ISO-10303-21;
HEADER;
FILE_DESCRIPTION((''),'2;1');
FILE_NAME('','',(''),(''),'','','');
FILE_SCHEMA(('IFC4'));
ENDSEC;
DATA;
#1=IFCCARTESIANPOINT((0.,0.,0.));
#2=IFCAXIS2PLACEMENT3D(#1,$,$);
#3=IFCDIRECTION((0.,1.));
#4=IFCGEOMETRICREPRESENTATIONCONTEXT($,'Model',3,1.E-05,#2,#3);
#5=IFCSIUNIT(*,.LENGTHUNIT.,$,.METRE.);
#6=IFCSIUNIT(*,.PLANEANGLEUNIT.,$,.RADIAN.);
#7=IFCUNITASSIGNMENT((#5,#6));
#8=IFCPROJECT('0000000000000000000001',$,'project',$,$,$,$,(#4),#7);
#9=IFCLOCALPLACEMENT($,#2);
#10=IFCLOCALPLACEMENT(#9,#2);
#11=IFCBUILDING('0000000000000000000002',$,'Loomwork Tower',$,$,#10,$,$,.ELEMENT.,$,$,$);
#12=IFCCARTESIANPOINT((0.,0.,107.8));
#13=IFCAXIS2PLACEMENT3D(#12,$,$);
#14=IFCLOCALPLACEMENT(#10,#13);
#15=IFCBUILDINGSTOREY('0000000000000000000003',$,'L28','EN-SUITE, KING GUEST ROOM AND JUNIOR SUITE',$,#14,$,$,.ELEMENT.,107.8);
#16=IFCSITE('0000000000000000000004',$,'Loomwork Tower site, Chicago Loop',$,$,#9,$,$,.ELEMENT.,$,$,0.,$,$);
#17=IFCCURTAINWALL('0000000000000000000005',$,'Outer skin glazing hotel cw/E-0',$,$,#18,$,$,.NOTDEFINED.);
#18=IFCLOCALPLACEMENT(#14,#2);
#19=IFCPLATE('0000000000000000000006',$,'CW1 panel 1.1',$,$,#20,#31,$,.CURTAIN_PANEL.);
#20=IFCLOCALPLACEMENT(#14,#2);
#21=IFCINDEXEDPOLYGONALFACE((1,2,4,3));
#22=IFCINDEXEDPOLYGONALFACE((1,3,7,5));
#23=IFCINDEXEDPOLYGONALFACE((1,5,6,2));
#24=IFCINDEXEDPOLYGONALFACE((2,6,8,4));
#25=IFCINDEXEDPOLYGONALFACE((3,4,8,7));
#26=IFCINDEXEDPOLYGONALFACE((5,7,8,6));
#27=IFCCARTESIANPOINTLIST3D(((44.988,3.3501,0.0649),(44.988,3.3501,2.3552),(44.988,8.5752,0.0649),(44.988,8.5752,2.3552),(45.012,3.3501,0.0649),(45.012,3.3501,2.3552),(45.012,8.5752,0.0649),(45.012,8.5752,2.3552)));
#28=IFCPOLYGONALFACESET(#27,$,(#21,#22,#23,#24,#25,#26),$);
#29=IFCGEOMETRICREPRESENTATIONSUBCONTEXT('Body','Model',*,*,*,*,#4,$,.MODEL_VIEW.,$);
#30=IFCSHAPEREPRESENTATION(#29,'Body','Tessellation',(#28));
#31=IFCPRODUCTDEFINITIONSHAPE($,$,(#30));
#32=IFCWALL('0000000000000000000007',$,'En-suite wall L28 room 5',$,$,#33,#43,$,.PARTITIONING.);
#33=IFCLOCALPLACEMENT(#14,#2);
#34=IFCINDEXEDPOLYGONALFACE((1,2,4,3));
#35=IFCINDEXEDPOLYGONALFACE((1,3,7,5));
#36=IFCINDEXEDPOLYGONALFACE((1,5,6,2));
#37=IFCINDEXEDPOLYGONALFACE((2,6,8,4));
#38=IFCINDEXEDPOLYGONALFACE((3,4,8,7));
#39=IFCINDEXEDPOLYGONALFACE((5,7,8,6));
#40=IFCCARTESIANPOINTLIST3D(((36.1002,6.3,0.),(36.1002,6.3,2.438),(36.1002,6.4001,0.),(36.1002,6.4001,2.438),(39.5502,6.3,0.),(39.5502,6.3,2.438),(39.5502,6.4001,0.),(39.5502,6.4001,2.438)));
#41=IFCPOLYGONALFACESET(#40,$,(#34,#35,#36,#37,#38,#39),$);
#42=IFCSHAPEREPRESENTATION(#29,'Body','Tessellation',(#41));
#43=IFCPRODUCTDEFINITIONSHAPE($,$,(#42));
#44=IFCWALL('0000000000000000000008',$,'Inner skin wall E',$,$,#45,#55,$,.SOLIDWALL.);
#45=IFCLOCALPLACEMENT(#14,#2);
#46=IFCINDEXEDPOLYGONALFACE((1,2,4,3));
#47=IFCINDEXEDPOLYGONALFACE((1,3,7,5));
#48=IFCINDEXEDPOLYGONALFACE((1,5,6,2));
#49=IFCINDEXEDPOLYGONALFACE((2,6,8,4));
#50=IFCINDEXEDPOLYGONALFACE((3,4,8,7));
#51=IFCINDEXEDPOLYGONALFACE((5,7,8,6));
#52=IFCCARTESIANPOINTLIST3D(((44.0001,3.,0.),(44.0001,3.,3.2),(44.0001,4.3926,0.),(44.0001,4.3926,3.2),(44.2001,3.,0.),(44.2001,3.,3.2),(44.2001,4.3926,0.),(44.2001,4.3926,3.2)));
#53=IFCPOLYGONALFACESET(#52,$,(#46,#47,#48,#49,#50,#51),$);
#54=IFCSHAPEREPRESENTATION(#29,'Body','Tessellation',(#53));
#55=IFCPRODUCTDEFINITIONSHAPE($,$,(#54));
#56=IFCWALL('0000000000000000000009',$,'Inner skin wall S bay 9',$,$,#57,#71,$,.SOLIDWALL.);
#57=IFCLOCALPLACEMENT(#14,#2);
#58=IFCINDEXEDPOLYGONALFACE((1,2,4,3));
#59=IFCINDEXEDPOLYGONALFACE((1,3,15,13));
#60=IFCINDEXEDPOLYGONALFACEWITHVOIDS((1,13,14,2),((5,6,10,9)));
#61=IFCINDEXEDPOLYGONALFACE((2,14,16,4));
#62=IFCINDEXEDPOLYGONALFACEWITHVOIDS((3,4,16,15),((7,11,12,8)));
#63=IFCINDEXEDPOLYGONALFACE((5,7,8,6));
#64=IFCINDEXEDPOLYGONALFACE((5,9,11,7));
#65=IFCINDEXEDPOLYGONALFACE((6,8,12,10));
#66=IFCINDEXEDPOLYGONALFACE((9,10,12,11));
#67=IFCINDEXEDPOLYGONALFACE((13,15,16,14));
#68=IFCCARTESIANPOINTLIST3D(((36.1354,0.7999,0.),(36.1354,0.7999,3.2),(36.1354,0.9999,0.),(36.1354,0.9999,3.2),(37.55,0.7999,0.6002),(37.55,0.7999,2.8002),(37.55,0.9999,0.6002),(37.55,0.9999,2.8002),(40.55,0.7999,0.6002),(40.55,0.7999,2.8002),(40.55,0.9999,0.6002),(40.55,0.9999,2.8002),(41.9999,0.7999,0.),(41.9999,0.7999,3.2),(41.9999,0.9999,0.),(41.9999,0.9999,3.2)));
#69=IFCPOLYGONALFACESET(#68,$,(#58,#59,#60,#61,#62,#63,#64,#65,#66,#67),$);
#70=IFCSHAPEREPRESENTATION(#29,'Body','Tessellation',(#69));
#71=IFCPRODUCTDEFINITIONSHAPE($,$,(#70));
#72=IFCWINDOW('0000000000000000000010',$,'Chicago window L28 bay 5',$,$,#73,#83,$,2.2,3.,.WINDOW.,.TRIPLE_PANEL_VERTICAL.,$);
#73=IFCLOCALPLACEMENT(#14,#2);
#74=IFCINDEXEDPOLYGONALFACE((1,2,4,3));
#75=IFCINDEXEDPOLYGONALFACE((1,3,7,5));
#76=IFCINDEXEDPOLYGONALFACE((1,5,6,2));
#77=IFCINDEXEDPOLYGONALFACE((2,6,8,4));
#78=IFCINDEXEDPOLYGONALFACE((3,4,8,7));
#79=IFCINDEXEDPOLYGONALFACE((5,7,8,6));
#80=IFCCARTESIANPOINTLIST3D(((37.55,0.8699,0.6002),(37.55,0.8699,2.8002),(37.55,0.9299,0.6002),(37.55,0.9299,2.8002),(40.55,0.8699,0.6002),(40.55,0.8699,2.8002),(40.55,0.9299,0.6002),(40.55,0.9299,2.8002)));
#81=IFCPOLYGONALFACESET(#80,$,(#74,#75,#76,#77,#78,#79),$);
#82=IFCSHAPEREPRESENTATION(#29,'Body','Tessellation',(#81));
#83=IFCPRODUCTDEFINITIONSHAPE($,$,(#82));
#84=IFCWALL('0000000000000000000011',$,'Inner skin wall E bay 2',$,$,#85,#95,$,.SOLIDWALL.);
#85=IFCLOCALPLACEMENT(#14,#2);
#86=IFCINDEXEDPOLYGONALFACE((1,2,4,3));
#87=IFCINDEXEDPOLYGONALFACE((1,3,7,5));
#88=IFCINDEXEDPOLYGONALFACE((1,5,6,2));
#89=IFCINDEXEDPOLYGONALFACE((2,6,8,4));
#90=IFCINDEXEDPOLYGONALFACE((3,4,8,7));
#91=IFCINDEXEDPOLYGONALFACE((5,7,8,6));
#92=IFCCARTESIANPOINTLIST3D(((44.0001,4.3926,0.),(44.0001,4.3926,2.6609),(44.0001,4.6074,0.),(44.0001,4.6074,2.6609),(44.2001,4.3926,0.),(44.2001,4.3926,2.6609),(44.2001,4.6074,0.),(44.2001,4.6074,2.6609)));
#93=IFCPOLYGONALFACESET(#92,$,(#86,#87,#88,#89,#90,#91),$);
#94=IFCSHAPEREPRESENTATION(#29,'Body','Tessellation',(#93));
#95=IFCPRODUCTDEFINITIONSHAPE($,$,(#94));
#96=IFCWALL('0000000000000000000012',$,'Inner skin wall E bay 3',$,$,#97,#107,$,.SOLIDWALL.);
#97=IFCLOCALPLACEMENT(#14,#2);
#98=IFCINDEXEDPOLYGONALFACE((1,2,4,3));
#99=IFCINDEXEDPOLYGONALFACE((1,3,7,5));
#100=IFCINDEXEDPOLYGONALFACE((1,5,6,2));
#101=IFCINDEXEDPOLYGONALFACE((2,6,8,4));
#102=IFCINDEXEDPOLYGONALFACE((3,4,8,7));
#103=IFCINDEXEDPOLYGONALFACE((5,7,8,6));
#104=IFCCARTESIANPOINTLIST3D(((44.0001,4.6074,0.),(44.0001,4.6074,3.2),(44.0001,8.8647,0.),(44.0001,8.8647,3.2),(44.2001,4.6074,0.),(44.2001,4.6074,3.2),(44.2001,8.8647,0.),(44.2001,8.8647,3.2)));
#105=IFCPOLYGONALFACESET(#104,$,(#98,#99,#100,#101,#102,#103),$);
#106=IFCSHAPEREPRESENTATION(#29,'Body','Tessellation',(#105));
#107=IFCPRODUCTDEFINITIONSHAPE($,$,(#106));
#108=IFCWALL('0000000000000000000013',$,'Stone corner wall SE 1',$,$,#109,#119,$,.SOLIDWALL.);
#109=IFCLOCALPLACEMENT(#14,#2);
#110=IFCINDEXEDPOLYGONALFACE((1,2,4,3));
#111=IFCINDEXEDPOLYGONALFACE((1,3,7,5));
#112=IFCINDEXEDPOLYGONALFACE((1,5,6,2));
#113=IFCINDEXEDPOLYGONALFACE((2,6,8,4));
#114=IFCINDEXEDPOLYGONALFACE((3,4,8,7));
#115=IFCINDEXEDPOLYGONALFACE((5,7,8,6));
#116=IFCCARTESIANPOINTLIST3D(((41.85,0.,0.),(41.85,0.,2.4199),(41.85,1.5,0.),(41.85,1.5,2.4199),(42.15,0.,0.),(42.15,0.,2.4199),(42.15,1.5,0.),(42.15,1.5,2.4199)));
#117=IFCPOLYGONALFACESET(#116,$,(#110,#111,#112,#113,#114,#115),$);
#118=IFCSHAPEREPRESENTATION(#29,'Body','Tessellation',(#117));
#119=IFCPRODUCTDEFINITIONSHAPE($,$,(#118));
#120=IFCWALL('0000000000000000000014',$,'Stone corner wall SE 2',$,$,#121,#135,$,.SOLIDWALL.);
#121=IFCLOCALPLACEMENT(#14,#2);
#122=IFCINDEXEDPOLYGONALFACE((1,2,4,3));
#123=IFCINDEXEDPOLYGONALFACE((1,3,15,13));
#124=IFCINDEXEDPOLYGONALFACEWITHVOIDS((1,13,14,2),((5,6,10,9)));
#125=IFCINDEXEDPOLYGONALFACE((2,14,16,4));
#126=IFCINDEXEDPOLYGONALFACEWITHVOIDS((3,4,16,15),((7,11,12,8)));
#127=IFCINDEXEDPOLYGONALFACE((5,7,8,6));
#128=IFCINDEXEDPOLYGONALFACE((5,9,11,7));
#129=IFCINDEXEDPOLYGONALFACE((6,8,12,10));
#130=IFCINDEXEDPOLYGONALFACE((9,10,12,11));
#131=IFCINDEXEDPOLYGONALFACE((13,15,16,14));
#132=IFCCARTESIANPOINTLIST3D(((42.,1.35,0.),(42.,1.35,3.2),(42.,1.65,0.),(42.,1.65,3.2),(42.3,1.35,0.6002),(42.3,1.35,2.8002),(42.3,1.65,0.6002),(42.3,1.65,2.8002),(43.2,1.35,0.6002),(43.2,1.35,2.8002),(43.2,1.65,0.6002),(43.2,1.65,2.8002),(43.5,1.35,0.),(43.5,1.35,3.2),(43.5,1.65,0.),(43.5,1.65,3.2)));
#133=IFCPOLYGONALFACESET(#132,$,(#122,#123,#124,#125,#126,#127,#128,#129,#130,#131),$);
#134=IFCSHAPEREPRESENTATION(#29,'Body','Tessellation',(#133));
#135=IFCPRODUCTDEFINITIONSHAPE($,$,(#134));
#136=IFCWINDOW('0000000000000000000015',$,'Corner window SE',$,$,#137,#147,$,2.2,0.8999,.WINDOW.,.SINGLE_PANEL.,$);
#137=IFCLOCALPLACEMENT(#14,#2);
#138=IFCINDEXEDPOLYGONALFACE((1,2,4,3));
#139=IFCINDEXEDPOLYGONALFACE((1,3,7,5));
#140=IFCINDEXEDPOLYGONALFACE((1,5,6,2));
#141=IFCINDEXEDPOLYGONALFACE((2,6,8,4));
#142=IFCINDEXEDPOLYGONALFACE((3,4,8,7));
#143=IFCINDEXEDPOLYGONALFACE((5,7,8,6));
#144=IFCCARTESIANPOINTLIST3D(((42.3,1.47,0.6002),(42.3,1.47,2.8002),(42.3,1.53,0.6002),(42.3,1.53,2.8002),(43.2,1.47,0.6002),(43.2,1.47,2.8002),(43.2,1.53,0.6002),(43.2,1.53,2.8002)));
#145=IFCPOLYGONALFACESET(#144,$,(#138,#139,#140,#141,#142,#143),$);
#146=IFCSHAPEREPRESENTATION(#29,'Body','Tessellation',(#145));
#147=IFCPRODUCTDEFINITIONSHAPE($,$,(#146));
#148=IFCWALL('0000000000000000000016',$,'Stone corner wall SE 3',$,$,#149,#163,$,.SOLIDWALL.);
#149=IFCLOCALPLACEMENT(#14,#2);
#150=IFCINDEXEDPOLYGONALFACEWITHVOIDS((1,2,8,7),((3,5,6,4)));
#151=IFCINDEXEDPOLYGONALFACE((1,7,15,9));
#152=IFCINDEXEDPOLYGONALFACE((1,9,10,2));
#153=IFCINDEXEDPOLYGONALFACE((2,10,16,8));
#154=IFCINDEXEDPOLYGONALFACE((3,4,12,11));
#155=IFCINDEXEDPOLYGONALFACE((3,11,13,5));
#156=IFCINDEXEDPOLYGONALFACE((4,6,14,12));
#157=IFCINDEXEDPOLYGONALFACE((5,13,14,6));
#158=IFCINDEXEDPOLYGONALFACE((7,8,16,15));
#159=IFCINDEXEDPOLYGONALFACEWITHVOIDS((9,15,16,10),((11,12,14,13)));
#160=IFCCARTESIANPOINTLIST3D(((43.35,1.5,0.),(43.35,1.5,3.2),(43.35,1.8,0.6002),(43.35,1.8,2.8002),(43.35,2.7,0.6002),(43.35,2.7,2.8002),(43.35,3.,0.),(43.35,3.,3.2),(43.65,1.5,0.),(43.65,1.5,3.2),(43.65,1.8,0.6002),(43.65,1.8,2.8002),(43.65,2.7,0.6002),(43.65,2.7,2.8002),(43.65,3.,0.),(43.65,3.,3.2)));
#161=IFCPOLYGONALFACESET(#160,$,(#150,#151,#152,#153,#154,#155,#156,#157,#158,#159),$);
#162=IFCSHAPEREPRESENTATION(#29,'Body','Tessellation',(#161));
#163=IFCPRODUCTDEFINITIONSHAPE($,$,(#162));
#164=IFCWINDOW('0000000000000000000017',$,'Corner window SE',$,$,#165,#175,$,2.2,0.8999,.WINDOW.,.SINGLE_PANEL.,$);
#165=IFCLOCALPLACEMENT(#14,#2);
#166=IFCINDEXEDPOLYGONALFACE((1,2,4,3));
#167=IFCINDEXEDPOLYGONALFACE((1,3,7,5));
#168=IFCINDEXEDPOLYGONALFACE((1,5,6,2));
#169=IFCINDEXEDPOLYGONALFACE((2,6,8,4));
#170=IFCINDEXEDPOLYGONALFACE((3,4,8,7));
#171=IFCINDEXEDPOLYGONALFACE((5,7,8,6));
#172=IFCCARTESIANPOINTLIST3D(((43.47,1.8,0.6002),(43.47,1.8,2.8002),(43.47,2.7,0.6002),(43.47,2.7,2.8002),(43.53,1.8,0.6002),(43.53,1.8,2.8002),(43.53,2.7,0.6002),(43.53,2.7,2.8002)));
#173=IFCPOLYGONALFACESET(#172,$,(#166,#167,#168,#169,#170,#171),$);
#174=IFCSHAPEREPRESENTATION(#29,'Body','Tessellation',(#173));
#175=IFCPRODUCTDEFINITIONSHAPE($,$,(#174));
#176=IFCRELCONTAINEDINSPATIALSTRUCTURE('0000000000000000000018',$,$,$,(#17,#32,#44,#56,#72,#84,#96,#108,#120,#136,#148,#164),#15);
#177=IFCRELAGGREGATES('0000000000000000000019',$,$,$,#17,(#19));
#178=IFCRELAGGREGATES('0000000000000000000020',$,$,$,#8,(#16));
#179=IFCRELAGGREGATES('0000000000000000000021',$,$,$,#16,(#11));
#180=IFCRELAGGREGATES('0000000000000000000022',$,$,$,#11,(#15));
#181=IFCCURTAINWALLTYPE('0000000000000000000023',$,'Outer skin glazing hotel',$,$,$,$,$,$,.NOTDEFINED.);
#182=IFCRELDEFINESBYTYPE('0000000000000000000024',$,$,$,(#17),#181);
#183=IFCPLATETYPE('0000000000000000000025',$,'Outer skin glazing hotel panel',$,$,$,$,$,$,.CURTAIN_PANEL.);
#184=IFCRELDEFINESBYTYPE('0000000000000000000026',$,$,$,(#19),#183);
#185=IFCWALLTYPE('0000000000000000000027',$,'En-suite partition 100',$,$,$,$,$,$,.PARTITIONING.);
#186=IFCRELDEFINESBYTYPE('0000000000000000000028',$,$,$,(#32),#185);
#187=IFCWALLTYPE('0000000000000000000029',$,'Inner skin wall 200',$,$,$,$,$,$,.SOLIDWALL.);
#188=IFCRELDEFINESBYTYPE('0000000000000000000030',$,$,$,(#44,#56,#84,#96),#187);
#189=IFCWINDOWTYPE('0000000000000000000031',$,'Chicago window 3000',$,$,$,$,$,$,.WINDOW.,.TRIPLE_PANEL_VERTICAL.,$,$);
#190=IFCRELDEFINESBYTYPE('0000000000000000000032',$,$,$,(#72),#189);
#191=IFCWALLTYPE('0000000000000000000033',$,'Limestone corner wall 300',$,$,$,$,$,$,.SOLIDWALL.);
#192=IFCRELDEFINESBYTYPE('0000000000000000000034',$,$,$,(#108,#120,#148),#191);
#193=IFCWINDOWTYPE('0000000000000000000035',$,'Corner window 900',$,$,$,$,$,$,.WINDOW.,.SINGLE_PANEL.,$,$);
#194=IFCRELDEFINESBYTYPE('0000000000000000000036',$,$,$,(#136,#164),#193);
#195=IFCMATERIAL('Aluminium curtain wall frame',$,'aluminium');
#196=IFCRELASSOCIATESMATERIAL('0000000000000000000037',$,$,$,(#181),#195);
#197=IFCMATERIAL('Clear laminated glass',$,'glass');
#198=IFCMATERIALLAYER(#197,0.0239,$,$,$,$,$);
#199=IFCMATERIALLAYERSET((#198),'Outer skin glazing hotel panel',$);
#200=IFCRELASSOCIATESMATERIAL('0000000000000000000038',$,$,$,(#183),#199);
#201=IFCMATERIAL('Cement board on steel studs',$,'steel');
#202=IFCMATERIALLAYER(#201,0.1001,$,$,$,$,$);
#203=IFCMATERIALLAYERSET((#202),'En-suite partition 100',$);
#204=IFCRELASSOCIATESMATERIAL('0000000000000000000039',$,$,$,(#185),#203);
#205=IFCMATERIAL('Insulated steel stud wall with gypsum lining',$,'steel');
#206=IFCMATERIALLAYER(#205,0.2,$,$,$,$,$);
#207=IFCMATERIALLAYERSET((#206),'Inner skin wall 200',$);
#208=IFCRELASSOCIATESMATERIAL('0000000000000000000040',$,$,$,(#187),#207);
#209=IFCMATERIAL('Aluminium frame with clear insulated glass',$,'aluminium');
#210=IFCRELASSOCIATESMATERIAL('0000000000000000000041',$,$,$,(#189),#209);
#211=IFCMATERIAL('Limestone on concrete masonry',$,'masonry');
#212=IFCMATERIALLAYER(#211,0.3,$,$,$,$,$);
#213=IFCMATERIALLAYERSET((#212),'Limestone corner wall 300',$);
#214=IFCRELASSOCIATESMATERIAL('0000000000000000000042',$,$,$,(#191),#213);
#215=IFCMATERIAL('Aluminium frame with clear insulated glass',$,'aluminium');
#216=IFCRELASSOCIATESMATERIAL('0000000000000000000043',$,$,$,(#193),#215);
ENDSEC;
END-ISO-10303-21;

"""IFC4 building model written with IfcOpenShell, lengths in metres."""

from ifc_helpers import new_model, si_unit, direction, frame, frame_2d, origin, origin_2d, place, context, subcontext, project, spatial, rectangle, extrude, material, layer, layer_set, type_object, element, fill, aggregate, save


model = new_model("IFC4")

# Units and contexts
model_context = context("Model", 3, precision=1e-05, world=origin(), true_north=direction((0.0, 1.0)))
body_context = subcontext(model_context, "Body", "Model", "MODEL_VIEW")
ifc_project = project(units=[si_unit("LENGTHUNIT", "METRE"), si_unit("PLANEANGLEUNIT", "RADIAN")], contexts=[model_context])

# Site, building, storey
site_placement = place(None, origin())
site = spatial("IfcSite", under=ifc_project, at=site_placement, Name="Loomwork Tower site, Chicago Loop", CompositionType="ELEMENT", RefElevation=0.0)
building_placement = place(site_placement, origin())
building = spatial("IfcBuilding", under=site, at=building_placement, Name="Loomwork Tower", CompositionType="ELEMENT")
storey_placement = place(building_placement, frame((0.0, 0.0, 107.8)))
storey = spatial("IfcBuildingStorey", under=building, at=storey_placement, Name="L28", Description="EN-SUITE, KING GUEST ROOM AND JUNIOR SUITE", CompositionType="ELEMENT", Elevation=107.8)

# Curtain wall
ifc_material_1 = material(Name="Aluminium curtain wall frame", Category="aluminium")
curtain_wall_type = type_object("IfcCurtainWallType", Name="Outer skin glazing hotel", PredefinedType="NOTDEFINED", material=ifc_material_1)
curtain_wall_1_placement = place(storey_placement, origin())
curtain_wall_1 = element("IfcCurtainWall", 1, at=curtain_wall_1_placement, inside=storey, type_object=curtain_wall_type, Name="Outer skin glazing hotel cw/E-0", PredefinedType="NOTDEFINED")

# Plate
ifc_material_2 = material(Name="Clear laminated glass", Category="glass")
ifc_layer_1 = layer(ifc_material_2, 0.0239)
ifc_layer_set_1 = layer_set([ifc_layer_1], Name="Outer skin glazing hotel panel")
plate_type = type_object("IfcPlateType", Name="Outer skin glazing hotel panel", PredefinedType="CURTAIN_PANEL", material=ifc_layer_set_1)
plate_1_placement = place(storey_placement, frame((45.0, 5.9626, 0.0649), z_axis=(0.0, 0.0, 1.0), x_axis=(0.0, 1.0, 0.0)))
plate_1 = element("IfcPlate", 2, at=plate_1_placement, type_object=plate_type, Name="CW1 panel 1.1", PredefinedType="CURTAIN_PANEL", context=body_context, shape_type="SweptSolid", body=[
    extrude(rectangle(XDim=5.2251, YDim=0.0239, at=origin_2d()), origin(), (0.0, 0.0, 1.0), 2.2903),
])
aggregate(curtain_wall_1, [plate_1])

# Walls
ifc_material_3 = material(Name="Cement board on steel studs", Category="steel")
ifc_layer_2 = layer(ifc_material_3, 0.1001)
ifc_layer_set_2 = layer_set([ifc_layer_2], Name="En-suite partition 100")
wall_type_1 = type_object("IfcWallType", Name="En-suite partition 100", PredefinedType="PARTITIONING", material=ifc_layer_set_2)
wall_1_placement = place(storey_placement, frame((36.1001, 6.3501, 0.0), z_axis=(0.0, 0.0, 1.0), x_axis=(1.0, 0.0, 0.0)))
element("IfcWall", 3, at=wall_1_placement, inside=storey, type_object=wall_type_1, Name="En-suite wall L28 room 5", PredefinedType="PARTITIONING", context=body_context, shape_type="SweptSolid", body=[
    extrude(rectangle(XDim=3.45, YDim=0.1001, at=frame_2d((1.7251, 0.0))), origin(), (0.0, 0.0, 1.0), 2.438),
])
ifc_material_4 = material(Name="Insulated steel stud wall with gypsum lining", Category="steel")
ifc_layer_3 = layer(ifc_material_4, 0.2)
ifc_layer_set_3 = layer_set([ifc_layer_3], Name="Inner skin wall 200")
wall_type_2 = type_object("IfcWallType", Name="Inner skin wall 200", PredefinedType="SOLIDWALL", material=ifc_layer_set_3)
wall_2_placement = place(storey_placement, frame((44.1001, 3.0, 0.0), z_axis=(0.0, 0.0, 1.0), x_axis=(0.0, 1.0, 0.0)))
element("IfcWall", 4, at=wall_2_placement, inside=storey, type_object=wall_type_2, Name="Inner skin wall E", PredefinedType="SOLIDWALL", context=body_context, shape_type="SweptSolid", body=[
    extrude(rectangle(XDim=1.3926, YDim=0.2, at=frame_2d((0.6963, 0.0))), origin(), (0.0, 0.0, 1.0), 3.2),
])

# Wall, opening, window
wall_3_placement = place(storey_placement, frame((36.1355, 0.8999, 0.0), z_axis=(0.0, 0.0, 1.0), x_axis=(1.0, 0.0, 0.0)))
wall_3 = element("IfcWall", 5, at=wall_3_placement, inside=storey, type_object=wall_type_2, Name="Inner skin wall S bay 9", PredefinedType="SOLIDWALL", context=body_context, shape_type="SweptSolid", body=[
    extrude(rectangle(XDim=5.8645, YDim=0.2, at=frame_2d((2.9321, 0.0))), origin(), (0.0, 0.0, 1.0), 3.2),
])
opening_1_placement = place(wall_3_placement, frame((1.4146, 0.0, 0.6001)))
opening_1 = element("IfcOpeningElement", 6, at=opening_1_placement, cuts=wall_3, PredefinedType="OPENING", context=body_context, shape_type="SweptSolid", body=[
    extrude(rectangle(XDim=3.0, YDim=2.2, at=frame_2d((1.5, 1.1001))), frame((0.0, 0.1099, 0.0), z_axis=(0.0, -1.0, 0.0), x_axis=(1.0, 0.0, 0.0)), (0.0, 0.0, 1.0), 0.22),
])
ifc_material_5 = material(Name="Aluminium frame with clear insulated glass", Category="aluminium")
window_type_1 = type_object("IfcWindowType", Name="Chicago window 3000", PartitioningType="TRIPLE_PANEL_VERTICAL", PredefinedType="WINDOW", material=ifc_material_5)
window_1_placement = place(opening_1_placement, origin())
window_1 = element("IfcWindow", 7, at=window_1_placement, inside=storey, type_object=window_type_1, Name="Chicago window L28 bay 5", OverallHeight=2.2, OverallWidth=3.0, PartitioningType="TRIPLE_PANEL_VERTICAL", PredefinedType="WINDOW", context=body_context, shape_type="SweptSolid", body=[
    extrude(rectangle(XDim=3.0, YDim=2.2, at=frame_2d((1.5, 1.1001))), frame((0.0, 0.03, 0.0), z_axis=(0.0, -1.0, 0.0), x_axis=(1.0, 0.0, 0.0)), (0.0, 0.0, 1.0), 0.0601),
])
fill(opening_1, window_1)

# Walls
wall_4_placement = place(storey_placement, frame((44.1001, 4.3926, 0.0), z_axis=(0.0, 0.0, 1.0), x_axis=(0.0, 1.0, 0.0)))
element("IfcWall", 8, at=wall_4_placement, inside=storey, type_object=wall_type_2, Name="Inner skin wall E bay 2", PredefinedType="SOLIDWALL", context=body_context, shape_type="SweptSolid", body=[
    extrude(rectangle(XDim=0.2148, YDim=0.2, at=frame_2d((0.1074, 0.0))), origin(), (0.0, 0.0, 1.0), 2.6609),
])
wall_5_placement = place(storey_placement, frame((44.1001, 4.6074, 0.0), z_axis=(0.0, 0.0, 1.0), x_axis=(0.0, 1.0, 0.0)))
element("IfcWall", 9, at=wall_5_placement, inside=storey, type_object=wall_type_2, Name="Inner skin wall E bay 3", PredefinedType="SOLIDWALL", context=body_context, shape_type="SweptSolid", body=[
    extrude(rectangle(XDim=4.2573, YDim=0.2, at=frame_2d((2.1287, 0.0))), origin(), (0.0, 0.0, 1.0), 3.2),
])
ifc_material_6 = material(Name="Limestone on concrete masonry", Category="masonry")
ifc_layer_4 = layer(ifc_material_6, 0.3)
ifc_layer_set_4 = layer_set([ifc_layer_4], Name="Limestone corner wall 300")
wall_type_3 = type_object("IfcWallType", Name="Limestone corner wall 300", PredefinedType="SOLIDWALL", material=ifc_layer_set_4)
wall_6_placement = place(storey_placement, frame((42.0, 0.0, 0.0), z_axis=(0.0, 0.0, 1.0), x_axis=(0.0, 1.0, 0.0)))
element("IfcWall", 10, at=wall_6_placement, inside=storey, type_object=wall_type_3, Name="Stone corner wall SE 1", PredefinedType="SOLIDWALL", context=body_context, shape_type="SweptSolid", body=[
    extrude(rectangle(XDim=1.5, YDim=0.3, at=frame_2d((0.75, 0.0))), origin(), (0.0, 0.0, 1.0), 2.4199),
])

# Walls, openings, windows
wall_7_placement = place(storey_placement, frame((42.0, 1.5, 0.0), z_axis=(0.0, 0.0, 1.0), x_axis=(1.0, 0.0, 0.0)))
wall_7 = element("IfcWall", 11, at=wall_7_placement, inside=storey, type_object=wall_type_3, Name="Stone corner wall SE 2", PredefinedType="SOLIDWALL", context=body_context, shape_type="SweptSolid", body=[
    extrude(rectangle(XDim=1.5, YDim=0.3, at=frame_2d((0.75, 0.0))), origin(), (0.0, 0.0, 1.0), 3.2),
])
opening_2_placement = place(wall_7_placement, frame((0.3, 0.0, 0.6001)))
opening_2 = element("IfcOpeningElement", 12, at=opening_2_placement, cuts=wall_7, PredefinedType="OPENING", context=body_context, shape_type="SweptSolid", body=[
    extrude(rectangle(XDim=0.8999, YDim=2.2, at=frame_2d((0.45, 1.1001))), frame((0.0, 0.1599, 0.0), z_axis=(0.0, -1.0, 0.0), x_axis=(1.0, 0.0, 0.0)), (0.0, 0.0, 1.0), 0.3201),
])
ifc_material_7 = material(Name="Aluminium frame with clear insulated glass", Category="aluminium")
window_type_2 = type_object("IfcWindowType", Name="Corner window 900", PartitioningType="SINGLE_PANEL", PredefinedType="WINDOW", material=ifc_material_7)
window_2_placement = place(opening_2_placement, origin())
window_2 = element("IfcWindow", 13, at=window_2_placement, inside=storey, type_object=window_type_2, Name="Corner window SE", OverallHeight=2.2, OverallWidth=0.8999, PartitioningType="SINGLE_PANEL", PredefinedType="WINDOW", context=body_context, shape_type="SweptSolid", body=[
    extrude(rectangle(XDim=0.8999, YDim=2.2, at=frame_2d((0.45, 1.1001))), frame((0.0, 0.03, 0.0), z_axis=(0.0, -1.0, 0.0), x_axis=(1.0, 0.0, 0.0)), (0.0, 0.0, 1.0), 0.0601),
])
fill(opening_2, window_2)
wall_8_placement = place(storey_placement, frame((43.5, 1.5, 0.0), z_axis=(0.0, 0.0, 1.0), x_axis=(0.0, 1.0, 0.0)))
wall_8 = element("IfcWall", 14, at=wall_8_placement, inside=storey, type_object=wall_type_3, Name="Stone corner wall SE 3", PredefinedType="SOLIDWALL", context=body_context, shape_type="SweptSolid", body=[
    extrude(rectangle(XDim=1.5, YDim=0.3, at=frame_2d((0.75, 0.0))), origin(), (0.0, 0.0, 1.0), 3.2),
])
opening_3_placement = place(wall_8_placement, frame((0.3, 0.0, 0.6001)))
opening_3 = element("IfcOpeningElement", 15, at=opening_3_placement, cuts=wall_8, PredefinedType="OPENING", context=body_context, shape_type="SweptSolid", body=[
    extrude(rectangle(XDim=0.8999, YDim=2.2, at=frame_2d((0.45, 1.1001))), frame((0.0, 0.1599, 0.0), z_axis=(0.0, -1.0, 0.0), x_axis=(1.0, 0.0, 0.0)), (0.0, 0.0, 1.0), 0.3201),
])
window_3_placement = place(opening_3_placement, origin())
window_3 = element("IfcWindow", 16, at=window_3_placement, inside=storey, type_object=window_type_2, Name="Corner window SE", OverallHeight=2.2, OverallWidth=0.8999, PartitioningType="SINGLE_PANEL", PredefinedType="WINDOW", context=body_context, shape_type="SweptSolid", body=[
    extrude(rectangle(XDim=0.8999, YDim=2.2, at=frame_2d((0.45, 1.1001))), frame((0.0, 0.03, 0.0), z_axis=(0.0, -1.0, 0.0), x_axis=(1.0, 0.0, 0.0)), (0.0, 0.0, 1.0), 0.0601),
])
fill(opening_3, window_3)

save(model, "model.ifc")
